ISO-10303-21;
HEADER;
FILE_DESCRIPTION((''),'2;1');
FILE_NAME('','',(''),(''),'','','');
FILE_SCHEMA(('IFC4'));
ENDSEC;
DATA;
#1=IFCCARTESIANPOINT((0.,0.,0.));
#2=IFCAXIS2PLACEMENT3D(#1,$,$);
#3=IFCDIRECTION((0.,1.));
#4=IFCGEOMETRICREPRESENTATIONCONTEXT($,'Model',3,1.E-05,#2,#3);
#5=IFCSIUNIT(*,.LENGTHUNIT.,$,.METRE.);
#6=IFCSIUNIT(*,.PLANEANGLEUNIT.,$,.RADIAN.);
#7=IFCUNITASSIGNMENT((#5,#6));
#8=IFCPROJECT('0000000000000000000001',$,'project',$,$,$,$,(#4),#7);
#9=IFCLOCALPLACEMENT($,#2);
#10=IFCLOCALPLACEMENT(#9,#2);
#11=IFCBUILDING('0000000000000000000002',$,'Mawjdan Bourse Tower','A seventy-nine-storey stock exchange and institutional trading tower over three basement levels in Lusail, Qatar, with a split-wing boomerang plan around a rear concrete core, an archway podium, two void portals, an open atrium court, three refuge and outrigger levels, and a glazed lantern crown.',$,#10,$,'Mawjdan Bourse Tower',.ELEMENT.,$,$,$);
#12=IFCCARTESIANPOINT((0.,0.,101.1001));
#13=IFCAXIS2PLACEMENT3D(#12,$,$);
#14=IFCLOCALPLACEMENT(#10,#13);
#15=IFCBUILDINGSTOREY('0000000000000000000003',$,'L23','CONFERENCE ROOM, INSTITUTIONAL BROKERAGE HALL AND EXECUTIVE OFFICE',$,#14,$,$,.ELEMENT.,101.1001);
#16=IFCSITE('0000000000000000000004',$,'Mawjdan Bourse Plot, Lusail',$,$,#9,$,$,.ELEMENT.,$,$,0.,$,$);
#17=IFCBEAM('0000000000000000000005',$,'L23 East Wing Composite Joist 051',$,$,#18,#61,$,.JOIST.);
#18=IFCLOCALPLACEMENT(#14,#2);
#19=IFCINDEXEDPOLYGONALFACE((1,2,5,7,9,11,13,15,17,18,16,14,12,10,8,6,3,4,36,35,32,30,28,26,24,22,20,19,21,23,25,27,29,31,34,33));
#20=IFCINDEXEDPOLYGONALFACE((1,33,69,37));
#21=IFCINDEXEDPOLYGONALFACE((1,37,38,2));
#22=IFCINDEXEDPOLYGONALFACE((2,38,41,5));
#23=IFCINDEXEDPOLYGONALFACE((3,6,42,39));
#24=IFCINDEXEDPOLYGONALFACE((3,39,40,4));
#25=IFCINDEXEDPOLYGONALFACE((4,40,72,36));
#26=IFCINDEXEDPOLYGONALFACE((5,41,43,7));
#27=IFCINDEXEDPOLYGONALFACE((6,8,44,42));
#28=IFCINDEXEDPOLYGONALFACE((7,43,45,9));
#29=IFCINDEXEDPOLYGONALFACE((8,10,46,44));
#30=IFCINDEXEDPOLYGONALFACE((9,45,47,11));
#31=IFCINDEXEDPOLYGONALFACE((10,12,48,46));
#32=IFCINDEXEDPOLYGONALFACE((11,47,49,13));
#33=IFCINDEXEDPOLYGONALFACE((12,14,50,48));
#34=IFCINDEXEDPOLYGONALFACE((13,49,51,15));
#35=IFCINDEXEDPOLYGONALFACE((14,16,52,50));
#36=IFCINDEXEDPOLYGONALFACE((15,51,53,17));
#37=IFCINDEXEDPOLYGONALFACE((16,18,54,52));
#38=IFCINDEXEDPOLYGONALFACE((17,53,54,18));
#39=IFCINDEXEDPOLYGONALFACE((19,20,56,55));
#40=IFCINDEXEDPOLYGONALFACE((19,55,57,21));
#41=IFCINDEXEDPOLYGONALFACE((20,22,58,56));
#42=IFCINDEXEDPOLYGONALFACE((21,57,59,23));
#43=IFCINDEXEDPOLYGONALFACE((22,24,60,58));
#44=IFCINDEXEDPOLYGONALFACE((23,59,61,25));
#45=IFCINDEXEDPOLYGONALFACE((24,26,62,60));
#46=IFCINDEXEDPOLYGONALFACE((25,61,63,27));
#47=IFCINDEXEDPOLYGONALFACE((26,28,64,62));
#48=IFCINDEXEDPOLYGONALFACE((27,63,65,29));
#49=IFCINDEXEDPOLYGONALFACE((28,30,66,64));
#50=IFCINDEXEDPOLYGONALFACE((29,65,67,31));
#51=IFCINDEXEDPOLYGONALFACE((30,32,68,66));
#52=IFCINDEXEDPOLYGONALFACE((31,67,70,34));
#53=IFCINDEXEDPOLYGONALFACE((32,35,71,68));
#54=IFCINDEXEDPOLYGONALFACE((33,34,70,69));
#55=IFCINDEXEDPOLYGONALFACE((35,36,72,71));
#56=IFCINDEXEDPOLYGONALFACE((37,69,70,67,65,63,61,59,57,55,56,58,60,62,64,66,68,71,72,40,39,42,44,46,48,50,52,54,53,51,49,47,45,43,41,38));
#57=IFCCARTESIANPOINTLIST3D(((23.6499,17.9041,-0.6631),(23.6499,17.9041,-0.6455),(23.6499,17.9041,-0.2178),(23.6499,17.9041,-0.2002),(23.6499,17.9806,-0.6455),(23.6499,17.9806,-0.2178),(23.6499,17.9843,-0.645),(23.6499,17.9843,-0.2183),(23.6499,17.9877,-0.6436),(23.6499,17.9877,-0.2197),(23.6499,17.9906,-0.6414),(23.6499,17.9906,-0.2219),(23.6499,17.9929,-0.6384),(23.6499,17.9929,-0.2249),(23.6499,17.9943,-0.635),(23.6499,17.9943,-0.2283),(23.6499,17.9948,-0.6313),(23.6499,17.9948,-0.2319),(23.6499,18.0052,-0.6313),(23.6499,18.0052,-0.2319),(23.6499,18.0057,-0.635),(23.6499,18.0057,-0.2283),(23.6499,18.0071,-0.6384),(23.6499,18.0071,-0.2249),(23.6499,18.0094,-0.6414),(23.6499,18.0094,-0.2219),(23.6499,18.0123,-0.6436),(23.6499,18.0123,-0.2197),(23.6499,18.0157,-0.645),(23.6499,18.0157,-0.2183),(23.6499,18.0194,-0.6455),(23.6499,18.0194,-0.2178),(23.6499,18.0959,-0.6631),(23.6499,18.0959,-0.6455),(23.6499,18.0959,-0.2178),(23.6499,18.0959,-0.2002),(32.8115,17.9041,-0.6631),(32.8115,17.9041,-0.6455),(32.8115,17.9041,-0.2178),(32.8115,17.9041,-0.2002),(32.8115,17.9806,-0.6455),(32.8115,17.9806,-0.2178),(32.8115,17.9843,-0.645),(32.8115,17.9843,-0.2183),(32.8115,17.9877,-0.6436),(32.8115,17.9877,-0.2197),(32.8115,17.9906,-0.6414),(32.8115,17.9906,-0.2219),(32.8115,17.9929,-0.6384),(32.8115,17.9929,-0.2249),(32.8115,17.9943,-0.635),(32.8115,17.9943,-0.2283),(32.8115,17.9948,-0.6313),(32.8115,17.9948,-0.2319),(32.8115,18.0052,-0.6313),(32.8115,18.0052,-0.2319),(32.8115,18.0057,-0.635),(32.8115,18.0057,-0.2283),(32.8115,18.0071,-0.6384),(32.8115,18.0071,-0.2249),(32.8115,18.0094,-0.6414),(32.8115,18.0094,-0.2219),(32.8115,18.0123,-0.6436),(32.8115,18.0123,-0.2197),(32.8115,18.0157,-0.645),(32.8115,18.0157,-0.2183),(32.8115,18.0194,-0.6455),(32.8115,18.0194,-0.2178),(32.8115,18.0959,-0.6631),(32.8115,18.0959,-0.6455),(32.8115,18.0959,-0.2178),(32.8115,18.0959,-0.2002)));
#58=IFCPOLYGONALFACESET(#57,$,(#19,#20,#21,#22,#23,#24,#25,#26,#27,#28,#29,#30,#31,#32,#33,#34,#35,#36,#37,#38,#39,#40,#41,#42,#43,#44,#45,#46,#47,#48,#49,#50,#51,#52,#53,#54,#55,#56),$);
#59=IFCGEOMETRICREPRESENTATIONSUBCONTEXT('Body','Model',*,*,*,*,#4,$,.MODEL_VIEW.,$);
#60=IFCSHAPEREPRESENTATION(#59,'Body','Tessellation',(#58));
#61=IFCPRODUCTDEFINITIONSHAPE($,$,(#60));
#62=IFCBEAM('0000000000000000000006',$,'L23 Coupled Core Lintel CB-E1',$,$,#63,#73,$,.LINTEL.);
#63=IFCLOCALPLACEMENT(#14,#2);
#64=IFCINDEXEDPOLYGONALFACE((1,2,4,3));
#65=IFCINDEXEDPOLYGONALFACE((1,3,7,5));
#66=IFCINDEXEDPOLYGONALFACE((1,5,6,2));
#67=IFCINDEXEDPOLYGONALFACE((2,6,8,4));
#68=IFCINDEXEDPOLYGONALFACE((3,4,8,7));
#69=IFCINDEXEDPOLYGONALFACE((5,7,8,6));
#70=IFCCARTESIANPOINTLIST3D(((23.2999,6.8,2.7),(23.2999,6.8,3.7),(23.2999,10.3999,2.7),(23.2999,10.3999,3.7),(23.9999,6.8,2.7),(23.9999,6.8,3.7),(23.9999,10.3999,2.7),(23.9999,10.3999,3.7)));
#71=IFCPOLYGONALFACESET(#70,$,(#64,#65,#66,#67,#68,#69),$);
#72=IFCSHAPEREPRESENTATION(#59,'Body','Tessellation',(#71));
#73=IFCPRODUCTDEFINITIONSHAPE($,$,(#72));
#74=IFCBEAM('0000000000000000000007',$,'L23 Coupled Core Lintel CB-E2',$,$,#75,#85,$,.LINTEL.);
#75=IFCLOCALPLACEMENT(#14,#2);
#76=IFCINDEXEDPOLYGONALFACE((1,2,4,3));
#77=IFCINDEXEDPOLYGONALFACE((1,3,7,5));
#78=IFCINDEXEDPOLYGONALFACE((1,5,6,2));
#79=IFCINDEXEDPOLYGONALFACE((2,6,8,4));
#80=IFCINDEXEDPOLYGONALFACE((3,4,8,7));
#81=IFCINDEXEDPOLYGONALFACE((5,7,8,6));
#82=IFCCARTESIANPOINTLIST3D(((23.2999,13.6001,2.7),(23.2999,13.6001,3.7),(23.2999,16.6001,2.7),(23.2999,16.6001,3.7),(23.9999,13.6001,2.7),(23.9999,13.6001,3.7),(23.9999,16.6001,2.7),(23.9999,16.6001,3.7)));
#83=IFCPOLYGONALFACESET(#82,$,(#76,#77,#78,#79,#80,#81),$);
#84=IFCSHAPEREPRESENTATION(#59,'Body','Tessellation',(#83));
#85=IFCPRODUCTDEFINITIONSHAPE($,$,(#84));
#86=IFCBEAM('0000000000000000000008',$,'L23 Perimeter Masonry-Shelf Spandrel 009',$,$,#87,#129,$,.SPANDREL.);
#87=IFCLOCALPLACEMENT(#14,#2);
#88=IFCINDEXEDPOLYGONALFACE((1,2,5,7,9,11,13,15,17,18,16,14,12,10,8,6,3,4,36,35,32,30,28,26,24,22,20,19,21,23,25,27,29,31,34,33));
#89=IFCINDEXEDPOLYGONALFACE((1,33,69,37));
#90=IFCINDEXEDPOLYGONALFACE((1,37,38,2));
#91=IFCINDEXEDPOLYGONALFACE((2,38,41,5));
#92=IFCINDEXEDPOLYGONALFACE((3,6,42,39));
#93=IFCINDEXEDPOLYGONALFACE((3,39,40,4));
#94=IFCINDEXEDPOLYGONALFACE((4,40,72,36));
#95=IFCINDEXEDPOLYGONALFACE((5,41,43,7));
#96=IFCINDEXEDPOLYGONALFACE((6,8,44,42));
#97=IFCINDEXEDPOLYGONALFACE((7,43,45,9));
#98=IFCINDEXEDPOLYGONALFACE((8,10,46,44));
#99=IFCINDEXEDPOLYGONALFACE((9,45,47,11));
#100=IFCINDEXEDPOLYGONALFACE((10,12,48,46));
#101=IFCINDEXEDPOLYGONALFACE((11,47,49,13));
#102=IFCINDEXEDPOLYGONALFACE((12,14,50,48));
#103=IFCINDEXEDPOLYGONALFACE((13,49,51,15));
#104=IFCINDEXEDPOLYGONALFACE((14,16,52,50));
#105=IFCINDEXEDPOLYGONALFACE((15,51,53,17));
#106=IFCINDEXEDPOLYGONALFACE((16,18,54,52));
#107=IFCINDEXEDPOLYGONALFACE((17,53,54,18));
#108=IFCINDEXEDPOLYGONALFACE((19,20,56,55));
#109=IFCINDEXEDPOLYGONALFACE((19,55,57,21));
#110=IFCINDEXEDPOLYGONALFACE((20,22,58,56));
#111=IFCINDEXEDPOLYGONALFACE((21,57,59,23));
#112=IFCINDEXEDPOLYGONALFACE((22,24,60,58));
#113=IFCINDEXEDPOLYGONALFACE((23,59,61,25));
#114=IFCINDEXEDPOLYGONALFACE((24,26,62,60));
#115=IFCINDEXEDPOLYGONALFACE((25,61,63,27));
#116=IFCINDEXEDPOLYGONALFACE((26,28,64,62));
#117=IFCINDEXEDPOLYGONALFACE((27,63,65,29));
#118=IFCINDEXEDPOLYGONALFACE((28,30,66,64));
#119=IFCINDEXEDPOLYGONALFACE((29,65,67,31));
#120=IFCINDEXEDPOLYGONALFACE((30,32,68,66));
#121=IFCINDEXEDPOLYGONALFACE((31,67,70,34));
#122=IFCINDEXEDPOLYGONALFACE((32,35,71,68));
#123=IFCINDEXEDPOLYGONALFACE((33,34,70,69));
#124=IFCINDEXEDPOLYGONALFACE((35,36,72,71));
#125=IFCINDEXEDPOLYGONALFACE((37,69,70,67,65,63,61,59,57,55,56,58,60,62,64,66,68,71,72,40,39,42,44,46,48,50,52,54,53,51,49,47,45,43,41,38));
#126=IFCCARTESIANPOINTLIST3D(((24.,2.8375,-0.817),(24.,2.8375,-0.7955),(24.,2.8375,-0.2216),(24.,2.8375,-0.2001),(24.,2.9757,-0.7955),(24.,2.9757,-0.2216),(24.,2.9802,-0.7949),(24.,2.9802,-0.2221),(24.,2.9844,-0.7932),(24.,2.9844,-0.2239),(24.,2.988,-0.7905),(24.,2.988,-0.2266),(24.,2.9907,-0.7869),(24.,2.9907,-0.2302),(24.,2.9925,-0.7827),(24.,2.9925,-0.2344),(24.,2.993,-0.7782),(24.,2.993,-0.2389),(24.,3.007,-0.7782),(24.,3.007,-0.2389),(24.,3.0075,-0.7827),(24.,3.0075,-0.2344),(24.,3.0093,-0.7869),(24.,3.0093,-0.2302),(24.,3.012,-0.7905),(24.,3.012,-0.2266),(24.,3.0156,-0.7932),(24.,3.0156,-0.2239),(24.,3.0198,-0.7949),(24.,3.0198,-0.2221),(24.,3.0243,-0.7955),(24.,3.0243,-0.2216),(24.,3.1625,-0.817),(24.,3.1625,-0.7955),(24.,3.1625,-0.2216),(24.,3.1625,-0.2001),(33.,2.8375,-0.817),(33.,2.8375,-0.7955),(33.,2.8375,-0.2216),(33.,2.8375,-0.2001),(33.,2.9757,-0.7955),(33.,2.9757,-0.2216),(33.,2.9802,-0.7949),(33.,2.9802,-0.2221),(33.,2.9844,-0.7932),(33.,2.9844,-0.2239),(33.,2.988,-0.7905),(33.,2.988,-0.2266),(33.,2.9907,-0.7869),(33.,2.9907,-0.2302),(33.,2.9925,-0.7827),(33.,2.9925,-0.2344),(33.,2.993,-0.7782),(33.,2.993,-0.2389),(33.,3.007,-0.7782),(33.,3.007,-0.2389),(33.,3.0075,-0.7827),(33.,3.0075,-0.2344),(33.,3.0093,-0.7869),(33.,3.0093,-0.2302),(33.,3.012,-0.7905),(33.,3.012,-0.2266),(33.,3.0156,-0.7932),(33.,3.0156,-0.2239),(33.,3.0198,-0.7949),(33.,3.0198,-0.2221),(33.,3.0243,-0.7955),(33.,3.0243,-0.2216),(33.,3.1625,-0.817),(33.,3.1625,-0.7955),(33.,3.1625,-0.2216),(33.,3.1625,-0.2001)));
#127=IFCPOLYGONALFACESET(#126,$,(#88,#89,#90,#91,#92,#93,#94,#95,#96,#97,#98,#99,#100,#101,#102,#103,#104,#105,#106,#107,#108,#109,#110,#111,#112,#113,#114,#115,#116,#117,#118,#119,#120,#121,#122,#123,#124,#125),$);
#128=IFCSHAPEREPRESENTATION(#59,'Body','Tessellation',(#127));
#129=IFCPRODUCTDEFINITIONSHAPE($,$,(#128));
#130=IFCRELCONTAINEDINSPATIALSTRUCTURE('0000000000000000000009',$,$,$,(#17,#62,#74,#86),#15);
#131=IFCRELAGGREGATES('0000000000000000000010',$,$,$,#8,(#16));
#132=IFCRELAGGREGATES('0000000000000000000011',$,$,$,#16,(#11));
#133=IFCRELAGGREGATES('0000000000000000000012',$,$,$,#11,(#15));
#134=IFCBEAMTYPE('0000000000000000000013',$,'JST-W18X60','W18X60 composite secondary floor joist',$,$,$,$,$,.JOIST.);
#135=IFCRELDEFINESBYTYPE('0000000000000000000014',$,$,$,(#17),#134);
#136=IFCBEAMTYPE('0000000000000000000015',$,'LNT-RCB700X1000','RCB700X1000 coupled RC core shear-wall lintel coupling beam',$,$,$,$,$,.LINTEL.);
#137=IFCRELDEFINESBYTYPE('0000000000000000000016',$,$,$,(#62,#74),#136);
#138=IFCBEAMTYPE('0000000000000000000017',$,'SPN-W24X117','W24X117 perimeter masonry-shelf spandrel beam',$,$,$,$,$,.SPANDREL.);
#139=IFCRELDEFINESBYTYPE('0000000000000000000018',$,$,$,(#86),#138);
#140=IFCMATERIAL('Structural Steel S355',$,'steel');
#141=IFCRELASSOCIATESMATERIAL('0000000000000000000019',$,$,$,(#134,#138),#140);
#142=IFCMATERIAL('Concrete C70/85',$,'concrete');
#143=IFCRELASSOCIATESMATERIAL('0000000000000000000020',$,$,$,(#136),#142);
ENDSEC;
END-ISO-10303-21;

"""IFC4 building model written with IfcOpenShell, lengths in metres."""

from ifc_helpers import new_model, si_unit, direction, frame, origin, origin_2d, place, context, subcontext, project, spatial, rectangle, i_section, extrude, material, material_profile, profile_set, type_object, element, save


model = new_model("IFC4")

# Units and contexts
model_context = context("Model", 3, precision=1e-05, world=origin(), true_north=direction((0.0, 1.0)))
body_context = subcontext(model_context, "Body", "Model", "MODEL_VIEW")
ifc_project = project(units=[si_unit("LENGTHUNIT", "METRE"), si_unit("PLANEANGLEUNIT", "RADIAN")], contexts=[model_context])

# Site, building, storey
site_placement = place(None, origin())
site = spatial("IfcSite", under=ifc_project, at=site_placement, Name="Mawjdan Bourse Plot, Lusail", CompositionType="ELEMENT", RefElevation=0.0)
building_placement = place(site_placement, origin())
building = spatial("IfcBuilding", under=site, at=building_placement, Name="Mawjdan Bourse Tower", Description="A seventy-nine-storey stock exchange and institutional trading tower over three basement levels in Lusail, Qatar, with a split-wing boomerang plan around a rear concrete core, an archway podium, two void portals, an open atrium court, three refuge and outrigger levels, and a glazed lantern crown.", LongName="Mawjdan Bourse Tower", CompositionType="ELEMENT")
storey_placement = place(building_placement, frame((0.0, 0.0, 101.1001)))
storey = spatial("IfcBuildingStorey", under=building, at=storey_placement, Name="L23", Description="CONFERENCE ROOM, INSTITUTIONAL BROKERAGE HALL AND EXECUTIVE OFFICE", CompositionType="ELEMENT", Elevation=101.1001)

# Shared definitions
ifc_material_1 = material(Name="Concrete C70/85", Category="concrete")

# Beams
ifc_material_2 = material(Name="Structural Steel S355", Category="steel")
ifc_material_profile_1 = material_profile(ifc_material_2, i_section(OverallWidth=0.1919, OverallDepth=0.4629, WebThickness=0.0105, FlangeThickness=0.0176, FilletRadius=0.0142, at=origin_2d()), Name="W18X60")
ifc_profile_set_1 = profile_set([ifc_material_profile_1], Name="Structural Steel S355")
beam_type_1 = type_object("IfcBeamType", Name="JST-W18X60", Description="W18X60 composite secondary floor joist", PredefinedType="JOIST", material=ifc_profile_set_1)
for number, where, z_axis, x_axis, name in (
    (1, (23.6499, 18.0, -0.4316), (1.0, 0.0, 0.0), (0.0, 1.0, 0.0), "L23 East Wing Composite Joist 051"),
):
    element("IfcBeam", number, at=place(storey_placement, frame(where, z_axis=z_axis, x_axis=x_axis)), inside=storey, type_object=beam_type_1, Name=name, PredefinedType="JOIST", context=body_context, shape_type="SweptSolid", body=[
        extrude(i_section(OverallWidth=0.1919, OverallDepth=0.4629, WebThickness=0.0105, FlangeThickness=0.0176, FilletRadius=0.0142, at=origin_2d()), origin(), (0.0, 0.0, 1.0), 9.1616),
    ])
ifc_material_profile_2 = material_profile(ifc_material_1, rectangle(XDim=0.7, YDim=1.0, at=origin_2d()), Name="RCB700X1000")
ifc_profile_set_2 = profile_set([ifc_material_profile_2], Name="Concrete C70/85")
beam_type_2 = type_object("IfcBeamType", Name="LNT-RCB700X1000", Description="RCB700X1000 coupled RC core shear-wall lintel coupling beam", PredefinedType="LINTEL", material=ifc_profile_set_2)
beam_1_placement = place(storey_placement, frame((23.6499, 6.8, 3.2), z_axis=(0.0, 1.0, 0.0), x_axis=(-1.0, 0.0, 0.0)))
element("IfcBeam", 2, at=beam_1_placement, inside=storey, type_object=beam_type_2, Name="L23 Coupled Core Lintel CB-E1", PredefinedType="LINTEL", context=body_context, shape_type="SweptSolid", body=[
    extrude(rectangle(XDim=0.7, YDim=1.0, at=origin_2d()), origin(), (0.0, 0.0, 1.0), 3.5999),
])
beam_2_placement = place(storey_placement, frame((23.6499, 13.6001, 3.2), z_axis=(0.0, 1.0, 0.0), x_axis=(-1.0, 0.0, 0.0)))
element("IfcBeam", 3, at=beam_2_placement, inside=storey, type_object=beam_type_2, Name="L23 Coupled Core Lintel CB-E2", PredefinedType="LINTEL", context=body_context, shape_type="SweptSolid", body=[
    extrude(rectangle(XDim=0.7, YDim=1.0, at=origin_2d()), origin(), (0.0, 0.0, 1.0), 3.0),
])
ifc_material_profile_3 = material_profile(ifc_material_2, i_section(OverallWidth=0.325, OverallDepth=0.6169, WebThickness=0.0139, FlangeThickness=0.0215, FilletRadius=0.0173, at=origin_2d()), Name="W24X117")
ifc_profile_set_3 = profile_set([ifc_material_profile_3], Name="Structural Steel S355")
beam_type_3 = type_object("IfcBeamType", Name="SPN-W24X117", Description="W24X117 perimeter masonry-shelf spandrel beam", PredefinedType="SPANDREL", material=ifc_profile_set_3)
beam_3_placement = place(storey_placement, frame((24.0, 3.0, -0.5085), z_axis=(1.0, 0.0, 0.0), x_axis=(0.0, 1.0, 0.0)))
element("IfcBeam", 4, at=beam_3_placement, inside=storey, type_object=beam_type_3, Name="L23 Perimeter Masonry-Shelf Spandrel 009", PredefinedType="SPANDREL", context=body_context, shape_type="SweptSolid", body=[
    extrude(i_section(OverallWidth=0.325, OverallDepth=0.6169, WebThickness=0.0139, FlangeThickness=0.0215, FilletRadius=0.0173, at=origin_2d()), origin(), (0.0, 0.0, 1.0), 9.0),
])

save(model, "model.ifc")
